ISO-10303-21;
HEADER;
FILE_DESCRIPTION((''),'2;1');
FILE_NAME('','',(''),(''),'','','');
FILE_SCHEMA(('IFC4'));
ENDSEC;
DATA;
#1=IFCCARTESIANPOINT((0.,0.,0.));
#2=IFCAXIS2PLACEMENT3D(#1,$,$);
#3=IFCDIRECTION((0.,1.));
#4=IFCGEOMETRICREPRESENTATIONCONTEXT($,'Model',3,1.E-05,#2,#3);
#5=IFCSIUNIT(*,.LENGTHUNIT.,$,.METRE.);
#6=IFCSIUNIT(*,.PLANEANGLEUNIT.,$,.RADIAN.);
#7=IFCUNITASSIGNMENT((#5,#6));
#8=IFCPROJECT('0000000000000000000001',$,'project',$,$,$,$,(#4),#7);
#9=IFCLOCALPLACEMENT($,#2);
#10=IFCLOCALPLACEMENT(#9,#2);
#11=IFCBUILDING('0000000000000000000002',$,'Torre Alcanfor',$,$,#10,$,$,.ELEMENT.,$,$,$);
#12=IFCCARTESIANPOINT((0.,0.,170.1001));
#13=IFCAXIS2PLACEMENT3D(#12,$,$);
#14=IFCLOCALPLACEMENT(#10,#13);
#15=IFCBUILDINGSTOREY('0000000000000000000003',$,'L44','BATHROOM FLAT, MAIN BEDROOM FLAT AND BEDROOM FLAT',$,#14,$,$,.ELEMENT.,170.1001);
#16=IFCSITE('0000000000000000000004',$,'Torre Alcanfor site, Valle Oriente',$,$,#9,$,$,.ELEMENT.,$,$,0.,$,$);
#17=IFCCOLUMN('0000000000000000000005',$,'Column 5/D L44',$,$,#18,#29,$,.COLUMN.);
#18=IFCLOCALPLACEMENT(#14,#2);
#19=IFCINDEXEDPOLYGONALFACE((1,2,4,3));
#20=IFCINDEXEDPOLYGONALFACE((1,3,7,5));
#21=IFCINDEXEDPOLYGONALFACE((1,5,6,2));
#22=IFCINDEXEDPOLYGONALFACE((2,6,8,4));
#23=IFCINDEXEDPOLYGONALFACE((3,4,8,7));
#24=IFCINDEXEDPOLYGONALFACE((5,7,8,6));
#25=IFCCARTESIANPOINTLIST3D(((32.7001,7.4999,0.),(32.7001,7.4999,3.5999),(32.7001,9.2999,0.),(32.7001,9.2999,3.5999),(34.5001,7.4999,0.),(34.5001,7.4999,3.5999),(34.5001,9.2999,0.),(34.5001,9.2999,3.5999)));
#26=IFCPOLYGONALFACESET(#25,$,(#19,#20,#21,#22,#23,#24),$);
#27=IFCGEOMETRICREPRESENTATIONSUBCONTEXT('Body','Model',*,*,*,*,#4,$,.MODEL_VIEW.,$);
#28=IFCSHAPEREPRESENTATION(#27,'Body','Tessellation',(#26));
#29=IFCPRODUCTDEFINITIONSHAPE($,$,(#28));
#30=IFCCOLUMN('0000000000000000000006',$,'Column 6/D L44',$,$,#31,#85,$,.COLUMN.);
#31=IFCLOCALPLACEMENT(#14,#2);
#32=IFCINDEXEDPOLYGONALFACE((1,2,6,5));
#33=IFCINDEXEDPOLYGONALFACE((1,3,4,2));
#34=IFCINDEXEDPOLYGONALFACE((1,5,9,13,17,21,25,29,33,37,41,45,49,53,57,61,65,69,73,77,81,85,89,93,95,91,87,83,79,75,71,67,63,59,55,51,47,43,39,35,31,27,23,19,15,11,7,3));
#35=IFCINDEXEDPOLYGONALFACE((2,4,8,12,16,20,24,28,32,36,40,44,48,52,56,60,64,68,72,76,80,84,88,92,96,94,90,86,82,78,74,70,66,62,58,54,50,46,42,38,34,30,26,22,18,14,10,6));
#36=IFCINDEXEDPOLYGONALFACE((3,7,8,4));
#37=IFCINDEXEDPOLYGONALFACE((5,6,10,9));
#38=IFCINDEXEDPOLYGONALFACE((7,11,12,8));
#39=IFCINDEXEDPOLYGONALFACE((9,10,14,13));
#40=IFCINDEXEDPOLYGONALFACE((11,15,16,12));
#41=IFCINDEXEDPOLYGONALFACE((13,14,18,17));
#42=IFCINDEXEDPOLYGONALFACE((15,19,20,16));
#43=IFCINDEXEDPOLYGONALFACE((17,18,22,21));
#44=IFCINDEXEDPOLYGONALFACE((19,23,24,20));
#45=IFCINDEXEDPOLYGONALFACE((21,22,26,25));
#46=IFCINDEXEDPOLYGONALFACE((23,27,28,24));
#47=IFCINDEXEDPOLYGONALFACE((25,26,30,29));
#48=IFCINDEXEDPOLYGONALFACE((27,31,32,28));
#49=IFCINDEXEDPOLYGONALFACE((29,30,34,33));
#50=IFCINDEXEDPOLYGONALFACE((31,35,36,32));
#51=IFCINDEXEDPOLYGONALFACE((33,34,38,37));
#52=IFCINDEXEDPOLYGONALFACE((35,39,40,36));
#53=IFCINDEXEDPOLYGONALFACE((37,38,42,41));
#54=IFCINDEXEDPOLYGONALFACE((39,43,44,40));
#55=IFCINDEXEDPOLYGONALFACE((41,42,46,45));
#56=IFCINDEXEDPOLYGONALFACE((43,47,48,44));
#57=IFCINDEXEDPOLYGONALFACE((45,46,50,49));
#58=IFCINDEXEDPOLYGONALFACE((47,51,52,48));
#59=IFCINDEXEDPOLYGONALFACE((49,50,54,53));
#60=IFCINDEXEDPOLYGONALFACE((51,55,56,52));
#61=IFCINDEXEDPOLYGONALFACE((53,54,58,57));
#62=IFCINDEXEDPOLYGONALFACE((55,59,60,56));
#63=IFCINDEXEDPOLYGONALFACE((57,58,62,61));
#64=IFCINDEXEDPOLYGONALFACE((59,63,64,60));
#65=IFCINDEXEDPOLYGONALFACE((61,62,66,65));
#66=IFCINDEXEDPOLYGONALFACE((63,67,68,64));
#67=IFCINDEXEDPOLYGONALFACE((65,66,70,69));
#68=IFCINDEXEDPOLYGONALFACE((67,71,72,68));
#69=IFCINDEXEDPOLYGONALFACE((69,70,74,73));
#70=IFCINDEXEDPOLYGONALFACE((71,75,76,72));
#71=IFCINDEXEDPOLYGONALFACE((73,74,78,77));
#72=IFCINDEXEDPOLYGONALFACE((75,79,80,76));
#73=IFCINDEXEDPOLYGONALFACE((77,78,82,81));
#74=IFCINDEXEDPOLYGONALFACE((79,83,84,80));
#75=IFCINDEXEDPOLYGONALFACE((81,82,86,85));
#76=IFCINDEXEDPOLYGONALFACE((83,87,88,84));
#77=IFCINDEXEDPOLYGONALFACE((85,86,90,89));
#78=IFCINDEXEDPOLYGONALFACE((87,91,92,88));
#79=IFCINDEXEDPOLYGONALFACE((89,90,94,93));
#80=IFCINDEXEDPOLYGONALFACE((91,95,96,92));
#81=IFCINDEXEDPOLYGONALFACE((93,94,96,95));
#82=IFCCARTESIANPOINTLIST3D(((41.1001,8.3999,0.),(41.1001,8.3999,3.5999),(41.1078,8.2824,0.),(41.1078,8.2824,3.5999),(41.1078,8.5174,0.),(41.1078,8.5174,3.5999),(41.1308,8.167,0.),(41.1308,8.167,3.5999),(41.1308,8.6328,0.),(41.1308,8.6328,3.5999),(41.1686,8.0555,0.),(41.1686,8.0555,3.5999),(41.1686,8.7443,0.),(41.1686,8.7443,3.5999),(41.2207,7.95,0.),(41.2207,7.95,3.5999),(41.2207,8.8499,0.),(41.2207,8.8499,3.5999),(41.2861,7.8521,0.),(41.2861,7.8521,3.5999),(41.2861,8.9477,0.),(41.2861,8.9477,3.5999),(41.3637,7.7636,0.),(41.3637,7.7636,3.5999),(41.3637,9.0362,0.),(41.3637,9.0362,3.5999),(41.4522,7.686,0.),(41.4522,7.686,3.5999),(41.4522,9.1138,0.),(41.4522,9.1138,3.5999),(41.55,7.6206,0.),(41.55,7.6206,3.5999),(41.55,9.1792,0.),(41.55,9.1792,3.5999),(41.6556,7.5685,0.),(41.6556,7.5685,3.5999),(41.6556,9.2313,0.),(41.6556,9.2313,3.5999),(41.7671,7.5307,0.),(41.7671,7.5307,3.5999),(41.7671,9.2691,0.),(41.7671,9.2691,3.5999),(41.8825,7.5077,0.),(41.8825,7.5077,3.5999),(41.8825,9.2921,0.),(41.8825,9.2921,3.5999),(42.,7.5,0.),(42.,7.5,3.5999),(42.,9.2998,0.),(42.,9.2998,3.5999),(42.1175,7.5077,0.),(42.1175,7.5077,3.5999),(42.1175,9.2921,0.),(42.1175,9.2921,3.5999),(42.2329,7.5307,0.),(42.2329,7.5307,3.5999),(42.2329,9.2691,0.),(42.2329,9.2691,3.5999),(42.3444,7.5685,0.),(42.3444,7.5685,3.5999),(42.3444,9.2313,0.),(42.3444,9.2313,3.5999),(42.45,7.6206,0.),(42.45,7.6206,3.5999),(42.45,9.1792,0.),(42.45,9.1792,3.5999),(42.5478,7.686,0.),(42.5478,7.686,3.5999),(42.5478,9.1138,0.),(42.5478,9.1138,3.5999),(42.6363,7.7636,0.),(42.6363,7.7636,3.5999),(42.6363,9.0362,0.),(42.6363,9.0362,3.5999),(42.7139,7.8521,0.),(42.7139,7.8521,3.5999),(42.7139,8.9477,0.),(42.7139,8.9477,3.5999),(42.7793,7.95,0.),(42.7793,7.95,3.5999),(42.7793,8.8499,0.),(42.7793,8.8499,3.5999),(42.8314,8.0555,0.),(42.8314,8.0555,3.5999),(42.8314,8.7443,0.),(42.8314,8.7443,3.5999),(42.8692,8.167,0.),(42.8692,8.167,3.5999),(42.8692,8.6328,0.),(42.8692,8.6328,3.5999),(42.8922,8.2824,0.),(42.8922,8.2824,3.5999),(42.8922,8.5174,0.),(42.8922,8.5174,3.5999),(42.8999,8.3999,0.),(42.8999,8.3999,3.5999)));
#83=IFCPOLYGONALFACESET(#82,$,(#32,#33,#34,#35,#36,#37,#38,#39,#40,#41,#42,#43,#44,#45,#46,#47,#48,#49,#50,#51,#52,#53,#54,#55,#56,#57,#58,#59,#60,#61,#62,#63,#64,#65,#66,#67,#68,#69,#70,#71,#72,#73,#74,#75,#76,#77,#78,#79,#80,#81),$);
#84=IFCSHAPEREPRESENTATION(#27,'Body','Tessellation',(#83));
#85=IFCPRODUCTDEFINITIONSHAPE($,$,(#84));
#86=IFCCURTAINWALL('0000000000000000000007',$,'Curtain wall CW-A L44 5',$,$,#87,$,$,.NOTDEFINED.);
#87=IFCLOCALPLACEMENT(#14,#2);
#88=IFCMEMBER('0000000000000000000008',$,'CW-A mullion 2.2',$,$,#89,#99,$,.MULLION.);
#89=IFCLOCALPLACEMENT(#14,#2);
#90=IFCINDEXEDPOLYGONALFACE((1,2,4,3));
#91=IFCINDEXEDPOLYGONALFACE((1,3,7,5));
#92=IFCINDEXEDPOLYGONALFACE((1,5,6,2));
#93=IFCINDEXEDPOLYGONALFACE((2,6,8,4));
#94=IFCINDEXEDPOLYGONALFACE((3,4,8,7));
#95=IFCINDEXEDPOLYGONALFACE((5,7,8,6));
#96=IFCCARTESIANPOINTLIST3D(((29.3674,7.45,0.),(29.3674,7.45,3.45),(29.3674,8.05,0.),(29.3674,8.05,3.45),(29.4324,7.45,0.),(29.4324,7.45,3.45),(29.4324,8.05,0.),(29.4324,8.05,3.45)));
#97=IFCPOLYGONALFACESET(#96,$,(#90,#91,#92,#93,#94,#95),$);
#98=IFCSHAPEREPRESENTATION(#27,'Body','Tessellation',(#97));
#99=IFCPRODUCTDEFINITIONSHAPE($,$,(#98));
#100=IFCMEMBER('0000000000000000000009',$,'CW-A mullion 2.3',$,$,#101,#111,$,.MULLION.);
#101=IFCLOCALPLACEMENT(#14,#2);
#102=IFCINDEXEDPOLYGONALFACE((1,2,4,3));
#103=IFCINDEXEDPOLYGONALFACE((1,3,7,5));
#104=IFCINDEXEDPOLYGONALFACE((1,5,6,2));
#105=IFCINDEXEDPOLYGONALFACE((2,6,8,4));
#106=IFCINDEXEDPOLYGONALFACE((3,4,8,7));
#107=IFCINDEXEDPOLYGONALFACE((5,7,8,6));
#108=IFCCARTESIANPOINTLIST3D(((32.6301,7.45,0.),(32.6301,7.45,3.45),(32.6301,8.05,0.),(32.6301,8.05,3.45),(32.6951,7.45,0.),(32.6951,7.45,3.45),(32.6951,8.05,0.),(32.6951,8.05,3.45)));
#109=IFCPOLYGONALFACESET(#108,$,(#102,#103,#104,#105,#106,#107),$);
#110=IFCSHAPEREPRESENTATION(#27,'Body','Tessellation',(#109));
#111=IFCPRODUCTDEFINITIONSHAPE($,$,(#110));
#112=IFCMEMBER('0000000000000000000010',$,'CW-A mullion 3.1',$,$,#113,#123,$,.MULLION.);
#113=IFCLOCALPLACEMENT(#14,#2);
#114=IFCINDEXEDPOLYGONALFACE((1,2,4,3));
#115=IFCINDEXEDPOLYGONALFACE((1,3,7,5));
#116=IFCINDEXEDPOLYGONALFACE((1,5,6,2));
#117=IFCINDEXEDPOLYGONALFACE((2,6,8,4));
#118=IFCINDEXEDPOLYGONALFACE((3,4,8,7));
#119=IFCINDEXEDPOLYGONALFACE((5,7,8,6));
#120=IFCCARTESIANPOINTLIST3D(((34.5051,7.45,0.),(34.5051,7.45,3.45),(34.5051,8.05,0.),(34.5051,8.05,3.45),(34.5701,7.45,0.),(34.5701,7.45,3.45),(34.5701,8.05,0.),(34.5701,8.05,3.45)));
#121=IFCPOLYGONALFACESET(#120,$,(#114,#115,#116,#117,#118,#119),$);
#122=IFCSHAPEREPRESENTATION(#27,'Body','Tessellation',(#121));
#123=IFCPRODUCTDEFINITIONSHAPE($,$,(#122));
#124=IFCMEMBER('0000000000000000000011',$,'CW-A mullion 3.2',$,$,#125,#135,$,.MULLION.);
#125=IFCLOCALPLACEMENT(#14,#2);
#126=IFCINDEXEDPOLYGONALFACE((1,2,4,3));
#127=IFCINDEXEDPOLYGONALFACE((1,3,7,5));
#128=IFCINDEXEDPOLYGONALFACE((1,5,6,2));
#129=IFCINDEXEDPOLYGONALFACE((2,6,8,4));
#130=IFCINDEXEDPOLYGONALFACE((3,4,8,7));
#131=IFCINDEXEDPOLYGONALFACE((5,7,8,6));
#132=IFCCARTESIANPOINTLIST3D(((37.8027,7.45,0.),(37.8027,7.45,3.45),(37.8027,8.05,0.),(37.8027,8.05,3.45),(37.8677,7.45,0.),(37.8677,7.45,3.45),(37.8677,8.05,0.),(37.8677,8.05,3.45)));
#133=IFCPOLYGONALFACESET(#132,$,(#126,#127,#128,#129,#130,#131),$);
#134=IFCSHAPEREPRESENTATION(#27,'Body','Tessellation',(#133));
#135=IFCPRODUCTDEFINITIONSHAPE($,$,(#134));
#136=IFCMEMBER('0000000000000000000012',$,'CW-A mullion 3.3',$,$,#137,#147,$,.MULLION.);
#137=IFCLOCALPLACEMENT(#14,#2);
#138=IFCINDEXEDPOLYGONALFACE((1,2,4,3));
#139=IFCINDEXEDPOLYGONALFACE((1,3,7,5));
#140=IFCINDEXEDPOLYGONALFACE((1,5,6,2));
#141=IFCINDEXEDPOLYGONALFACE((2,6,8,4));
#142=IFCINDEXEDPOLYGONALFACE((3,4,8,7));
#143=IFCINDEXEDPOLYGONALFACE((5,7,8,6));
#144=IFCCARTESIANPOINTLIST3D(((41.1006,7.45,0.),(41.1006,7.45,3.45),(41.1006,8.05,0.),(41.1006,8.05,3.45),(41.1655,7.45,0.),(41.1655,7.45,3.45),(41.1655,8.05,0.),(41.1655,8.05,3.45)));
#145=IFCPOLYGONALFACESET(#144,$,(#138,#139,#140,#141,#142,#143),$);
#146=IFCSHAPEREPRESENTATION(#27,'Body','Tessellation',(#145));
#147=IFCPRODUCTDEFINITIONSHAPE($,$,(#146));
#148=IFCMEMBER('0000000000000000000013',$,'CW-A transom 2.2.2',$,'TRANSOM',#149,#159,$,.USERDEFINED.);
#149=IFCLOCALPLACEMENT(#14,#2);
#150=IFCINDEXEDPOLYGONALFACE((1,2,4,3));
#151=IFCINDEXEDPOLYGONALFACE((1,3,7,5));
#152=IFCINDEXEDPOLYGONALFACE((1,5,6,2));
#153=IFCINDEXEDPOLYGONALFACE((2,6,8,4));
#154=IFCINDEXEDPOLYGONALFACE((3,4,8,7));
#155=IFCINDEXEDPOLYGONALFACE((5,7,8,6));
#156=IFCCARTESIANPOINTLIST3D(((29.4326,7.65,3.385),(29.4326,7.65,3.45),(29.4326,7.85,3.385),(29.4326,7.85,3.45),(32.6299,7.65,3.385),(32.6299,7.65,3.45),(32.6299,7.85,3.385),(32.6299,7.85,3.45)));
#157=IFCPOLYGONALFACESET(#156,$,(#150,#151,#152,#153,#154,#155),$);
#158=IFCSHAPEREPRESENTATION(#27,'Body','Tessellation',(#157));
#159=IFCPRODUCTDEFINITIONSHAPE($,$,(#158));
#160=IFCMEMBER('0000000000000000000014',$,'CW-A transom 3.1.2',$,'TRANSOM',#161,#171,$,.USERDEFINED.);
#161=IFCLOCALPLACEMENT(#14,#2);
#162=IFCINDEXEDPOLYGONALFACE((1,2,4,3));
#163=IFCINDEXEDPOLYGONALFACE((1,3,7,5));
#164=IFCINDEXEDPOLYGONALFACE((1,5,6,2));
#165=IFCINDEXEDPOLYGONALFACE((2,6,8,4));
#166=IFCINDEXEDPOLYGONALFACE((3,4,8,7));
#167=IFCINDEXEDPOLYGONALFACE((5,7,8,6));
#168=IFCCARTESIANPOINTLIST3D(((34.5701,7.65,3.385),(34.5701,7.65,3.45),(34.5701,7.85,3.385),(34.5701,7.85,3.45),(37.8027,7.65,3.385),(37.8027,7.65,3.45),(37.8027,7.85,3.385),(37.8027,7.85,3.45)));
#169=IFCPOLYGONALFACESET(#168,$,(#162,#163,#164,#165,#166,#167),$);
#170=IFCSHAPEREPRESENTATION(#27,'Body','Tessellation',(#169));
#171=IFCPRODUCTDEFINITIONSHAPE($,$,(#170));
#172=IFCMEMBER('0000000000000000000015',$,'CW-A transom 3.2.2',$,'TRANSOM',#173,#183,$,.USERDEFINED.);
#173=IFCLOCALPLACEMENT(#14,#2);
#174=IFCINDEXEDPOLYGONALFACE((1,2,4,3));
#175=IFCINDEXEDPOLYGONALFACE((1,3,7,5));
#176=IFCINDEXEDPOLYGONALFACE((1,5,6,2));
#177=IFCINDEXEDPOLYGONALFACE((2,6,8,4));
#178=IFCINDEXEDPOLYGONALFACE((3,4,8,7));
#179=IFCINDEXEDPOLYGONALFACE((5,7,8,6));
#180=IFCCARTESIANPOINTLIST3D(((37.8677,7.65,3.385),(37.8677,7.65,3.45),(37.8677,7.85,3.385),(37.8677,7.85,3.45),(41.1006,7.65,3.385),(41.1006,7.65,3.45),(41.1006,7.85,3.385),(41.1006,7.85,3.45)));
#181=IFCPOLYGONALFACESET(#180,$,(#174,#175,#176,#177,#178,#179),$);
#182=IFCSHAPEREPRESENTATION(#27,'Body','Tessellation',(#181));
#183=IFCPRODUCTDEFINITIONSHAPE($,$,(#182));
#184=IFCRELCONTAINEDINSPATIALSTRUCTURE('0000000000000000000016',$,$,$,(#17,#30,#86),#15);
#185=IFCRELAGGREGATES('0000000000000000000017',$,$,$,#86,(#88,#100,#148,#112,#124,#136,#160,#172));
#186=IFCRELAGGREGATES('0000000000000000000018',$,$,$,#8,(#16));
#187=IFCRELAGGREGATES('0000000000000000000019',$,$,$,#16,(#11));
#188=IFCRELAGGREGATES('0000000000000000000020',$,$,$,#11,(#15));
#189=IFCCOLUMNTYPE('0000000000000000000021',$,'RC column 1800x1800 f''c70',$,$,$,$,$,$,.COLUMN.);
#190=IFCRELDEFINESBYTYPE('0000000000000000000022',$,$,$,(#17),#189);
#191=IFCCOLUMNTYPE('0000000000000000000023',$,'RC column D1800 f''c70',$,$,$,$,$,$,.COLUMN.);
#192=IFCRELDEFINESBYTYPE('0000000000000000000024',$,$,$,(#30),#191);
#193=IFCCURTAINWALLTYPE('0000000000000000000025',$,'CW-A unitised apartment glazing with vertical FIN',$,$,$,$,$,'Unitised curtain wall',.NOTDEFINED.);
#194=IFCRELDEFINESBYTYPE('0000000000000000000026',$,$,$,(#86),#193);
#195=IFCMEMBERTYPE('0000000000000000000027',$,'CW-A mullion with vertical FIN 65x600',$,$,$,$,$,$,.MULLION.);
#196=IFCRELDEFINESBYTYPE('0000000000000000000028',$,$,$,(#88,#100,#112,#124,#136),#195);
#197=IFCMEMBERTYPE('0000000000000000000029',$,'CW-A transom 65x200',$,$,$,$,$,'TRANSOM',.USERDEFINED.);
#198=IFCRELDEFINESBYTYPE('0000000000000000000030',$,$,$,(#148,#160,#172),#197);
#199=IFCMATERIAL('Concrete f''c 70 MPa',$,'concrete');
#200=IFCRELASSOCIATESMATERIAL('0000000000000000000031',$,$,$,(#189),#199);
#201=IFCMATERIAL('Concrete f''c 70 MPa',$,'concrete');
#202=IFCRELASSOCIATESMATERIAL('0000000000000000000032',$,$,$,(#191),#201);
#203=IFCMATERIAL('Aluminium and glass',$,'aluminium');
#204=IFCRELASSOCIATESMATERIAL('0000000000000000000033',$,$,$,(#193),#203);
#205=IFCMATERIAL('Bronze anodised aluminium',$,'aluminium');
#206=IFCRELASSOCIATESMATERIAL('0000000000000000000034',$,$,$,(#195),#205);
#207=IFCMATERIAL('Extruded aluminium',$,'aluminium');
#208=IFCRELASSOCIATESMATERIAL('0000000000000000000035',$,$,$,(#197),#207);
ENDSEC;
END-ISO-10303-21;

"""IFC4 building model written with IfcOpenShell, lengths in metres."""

from ifc_helpers import new_model, si_unit, direction, frame, origin, origin_2d, place, context, subcontext, project, spatial, rectangle, circle, extrude, material, material_profile, profile_set, type_object, element, aggregate, save


model = new_model("IFC4")

# Units and contexts
model_context = context("Model", 3, precision=1e-05, world=origin(), true_north=direction((0.0, 1.0)))
body_context = subcontext(model_context, "Body", "Model", "MODEL_VIEW")
ifc_project = project(units=[si_unit("LENGTHUNIT", "METRE"), si_unit("PLANEANGLEUNIT", "RADIAN")], contexts=[model_context])

# Site, building, storey
site_placement = place(None, origin())
site = spatial("IfcSite", under=ifc_project, at=site_placement, Name="Torre Alcanfor site, Valle Oriente", CompositionType="ELEMENT", RefElevation=0.0)
building_placement = place(site_placement, origin())
building = spatial("IfcBuilding", under=site, at=building_placement, Name="Torre Alcanfor", CompositionType="ELEMENT")
storey_placement = place(building_placement, frame((0.0, 0.0, 170.1001)))
storey = spatial("IfcBuildingStorey", under=building, at=storey_placement, Name="L44", Description="BATHROOM FLAT, MAIN BEDROOM FLAT AND BEDROOM FLAT", CompositionType="ELEMENT", Elevation=170.1001)

# Columns
ifc_material_1 = material(Name="Concrete f'c 70 MPa", Category="concrete")
ifc_material_profile_1 = material_profile(ifc_material_1, rectangle(XDim=1.8, YDim=1.8, at=origin_2d()), Name="1800x1800")
ifc_profile_set_1 = profile_set([ifc_material_profile_1], Name="Concrete f'c 70 MPa")
column_type_1 = type_object("IfcColumnType", Name="RC column 1800x1800 f'c70", PredefinedType="COLUMN", material=ifc_profile_set_1)
column_1_placement = place(storey_placement, frame((33.6001, 8.3999, 0.0), z_axis=(0.0, 0.0, 1.0), x_axis=(1.0, 0.0, 0.0)))
element("IfcColumn", 1, at=column_1_placement, inside=storey, type_object=column_type_1, Name="Column 5/D L44", PredefinedType="COLUMN", context=body_context, shape_type="SweptSolid", body=[
    extrude(rectangle(XDim=1.8, YDim=1.8, at=origin_2d()), origin(), (0.0, 0.0, 1.0), 3.5999),
])
ifc_material_2 = material(Name="Concrete f'c 70 MPa", Category="concrete")
ifc_material_profile_2 = material_profile(ifc_material_2, circle(Radius=0.8999, at=origin_2d()), Name="D1800")
ifc_profile_set_2 = profile_set([ifc_material_profile_2], Name="Concrete f'c 70 MPa")
column_type_2 = type_object("IfcColumnType", Name="RC column D1800 f'c70", PredefinedType="COLUMN", material=ifc_profile_set_2)
column_2_placement = place(storey_placement, frame((42.0, 8.3999, 0.0), z_axis=(0.0, 0.0, 1.0), x_axis=(1.0, 0.0, 0.0)))
element("IfcColumn", 2, at=column_2_placement, inside=storey, type_object=column_type_2, Name="Column 6/D L44", PredefinedType="COLUMN", context=body_context, shape_type="SweptSolid", body=[
    extrude(circle(Radius=0.8999, at=origin_2d()), origin(), (0.0, 0.0, 1.0), 3.5999),
])

# Curtain wall, members
ifc_material_3 = material(Name="Aluminium and glass", Category="aluminium")
curtain_wall_type = type_object("IfcCurtainWallType", Name="CW-A unitised apartment glazing with vertical FIN", ElementType="Unitised curtain wall", PredefinedType="NOTDEFINED", material=ifc_material_3)
curtain_wall_placement = place(storey_placement, origin())
curtain_wall = element("IfcCurtainWall", 3, at=curtain_wall_placement, inside=storey, type_object=curtain_wall_type, Name="Curtain wall CW-A L44 5", PredefinedType="NOTDEFINED")
ifc_material_4 = material(Name="Bronze anodised aluminium", Category="aluminium")
ifc_material_profile_3 = material_profile(ifc_material_4, rectangle(XDim=0.6001, YDim=0.0649, at=origin_2d()), Name="CW-A mullion 65x600")
ifc_profile_set_3 = profile_set([ifc_material_profile_3], Name="Bronze anodised aluminium")
member_type_1 = type_object("IfcMemberType", Name="CW-A mullion with vertical FIN 65x600", PredefinedType="MULLION", material=ifc_profile_set_3)
member_1_placement = place(storey_placement, frame((29.3999, 7.75, 0.0), z_axis=(0.0, 0.0, 1.0), x_axis=(0.0, 1.0, 0.0)))
member_1 = element("IfcMember", 4, at=member_1_placement, type_object=member_type_1, Name="CW-A mullion 2.2", PredefinedType="MULLION", context=body_context, shape_type="SweptSolid", body=[
    extrude(rectangle(XDim=0.6001, YDim=0.0649, at=origin_2d()), origin(), (0.0, 0.0, 1.0), 3.45),
])
member_2_placement = place(storey_placement, frame((32.6626, 7.75, 0.0), z_axis=(0.0, 0.0, 1.0), x_axis=(0.0, 1.0, 0.0)))
member_2 = element("IfcMember", 5, at=member_2_placement, type_object=member_type_1, Name="CW-A mullion 2.3", PredefinedType="MULLION", context=body_context, shape_type="SweptSolid", body=[
    extrude(rectangle(XDim=0.6001, YDim=0.0649, at=origin_2d()), origin(), (0.0, 0.0, 1.0), 3.45),
])
member_3_placement = place(storey_placement, frame((34.5376, 7.75, 0.0), z_axis=(0.0, 0.0, 1.0), x_axis=(0.0, 1.0, 0.0)))
member_3 = element("IfcMember", 6, at=member_3_placement, type_object=member_type_1, Name="CW-A mullion 3.1", PredefinedType="MULLION", context=body_context, shape_type="SweptSolid", body=[
    extrude(rectangle(XDim=0.6001, YDim=0.0649, at=origin_2d()), origin(), (0.0, 0.0, 1.0), 3.45),
])
member_4_placement = place(storey_placement, frame((37.8352, 7.75, 0.0), z_axis=(0.0, 0.0, 1.0), x_axis=(0.0, 1.0, 0.0)))
member_4 = element("IfcMember", 7, at=member_4_placement, type_object=member_type_1, Name="CW-A mullion 3.2", PredefinedType="MULLION", context=body_context, shape_type="SweptSolid", body=[
    extrude(rectangle(XDim=0.6001, YDim=0.0649, at=origin_2d()), origin(), (0.0, 0.0, 1.0), 3.45),
])
member_5_placement = place(storey_placement, frame((41.1331, 7.75, 0.0), z_axis=(0.0, 0.0, 1.0), x_axis=(0.0, 1.0, 0.0)))
member_5 = element("IfcMember", 8, at=member_5_placement, type_object=member_type_1, Name="CW-A mullion 3.3", PredefinedType="MULLION", context=body_context, shape_type="SweptSolid", body=[
    extrude(rectangle(XDim=0.6001, YDim=0.0649, at=origin_2d()), origin(), (0.0, 0.0, 1.0), 3.45),
])
ifc_material_5 = material(Name="Extruded aluminium", Category="aluminium")
ifc_material_profile_4 = material_profile(ifc_material_5, rectangle(XDim=0.2, YDim=0.0649, at=origin_2d()), Name="CW-A transom 200x65")
ifc_profile_set_4 = profile_set([ifc_material_profile_4], Name="Extruded aluminium")
member_type_2 = type_object("IfcMemberType", Name="CW-A transom 65x200", ElementType="TRANSOM", PredefinedType="USERDEFINED", material=ifc_profile_set_4)
member_6_placement = place(storey_placement, frame((29.4326, 7.75, 3.4175), z_axis=(1.0, 0.0, 0.0), x_axis=(0.0, 1.0, 0.0)))
member_6 = element("IfcMember", 9, at=member_6_placement, type_object=member_type_2, Name="CW-A transom 2.2.2", ObjectType="TRANSOM", PredefinedType="USERDEFINED", context=body_context, shape_type="SweptSolid", body=[
    extrude(rectangle(XDim=0.2, YDim=0.0649, at=origin_2d()), origin(), (0.0, 0.0, 1.0), 3.1973),
])
member_7_placement = place(storey_placement, frame((34.5701, 7.75, 3.4175), z_axis=(1.0, 0.0, 0.0), x_axis=(0.0, 1.0, 0.0)))
member_7 = element("IfcMember", 10, at=member_7_placement, type_object=member_type_2, Name="CW-A transom 3.1.2", ObjectType="TRANSOM", PredefinedType="USERDEFINED", context=body_context, shape_type="SweptSolid", body=[
    extrude(rectangle(XDim=0.2, YDim=0.0649, at=origin_2d()), origin(), (0.0, 0.0, 1.0), 3.2327),
])
member_8_placement = place(storey_placement, frame((37.8677, 7.75, 3.4175), z_axis=(1.0, 0.0, 0.0), x_axis=(0.0, 1.0, 0.0)))
member_8 = element("IfcMember", 11, at=member_8_placement, type_object=member_type_2, Name="CW-A transom 3.2.2", ObjectType="TRANSOM", PredefinedType="USERDEFINED", context=body_context, shape_type="SweptSolid", body=[
    extrude(rectangle(XDim=0.2, YDim=0.0649, at=origin_2d()), origin(), (0.0, 0.0, 1.0), 3.2329),
])

aggregate(curtain_wall, [member_1, member_2, member_6, member_3, member_4, member_5, member_7, member_8])

save(model, "model.ifc")
